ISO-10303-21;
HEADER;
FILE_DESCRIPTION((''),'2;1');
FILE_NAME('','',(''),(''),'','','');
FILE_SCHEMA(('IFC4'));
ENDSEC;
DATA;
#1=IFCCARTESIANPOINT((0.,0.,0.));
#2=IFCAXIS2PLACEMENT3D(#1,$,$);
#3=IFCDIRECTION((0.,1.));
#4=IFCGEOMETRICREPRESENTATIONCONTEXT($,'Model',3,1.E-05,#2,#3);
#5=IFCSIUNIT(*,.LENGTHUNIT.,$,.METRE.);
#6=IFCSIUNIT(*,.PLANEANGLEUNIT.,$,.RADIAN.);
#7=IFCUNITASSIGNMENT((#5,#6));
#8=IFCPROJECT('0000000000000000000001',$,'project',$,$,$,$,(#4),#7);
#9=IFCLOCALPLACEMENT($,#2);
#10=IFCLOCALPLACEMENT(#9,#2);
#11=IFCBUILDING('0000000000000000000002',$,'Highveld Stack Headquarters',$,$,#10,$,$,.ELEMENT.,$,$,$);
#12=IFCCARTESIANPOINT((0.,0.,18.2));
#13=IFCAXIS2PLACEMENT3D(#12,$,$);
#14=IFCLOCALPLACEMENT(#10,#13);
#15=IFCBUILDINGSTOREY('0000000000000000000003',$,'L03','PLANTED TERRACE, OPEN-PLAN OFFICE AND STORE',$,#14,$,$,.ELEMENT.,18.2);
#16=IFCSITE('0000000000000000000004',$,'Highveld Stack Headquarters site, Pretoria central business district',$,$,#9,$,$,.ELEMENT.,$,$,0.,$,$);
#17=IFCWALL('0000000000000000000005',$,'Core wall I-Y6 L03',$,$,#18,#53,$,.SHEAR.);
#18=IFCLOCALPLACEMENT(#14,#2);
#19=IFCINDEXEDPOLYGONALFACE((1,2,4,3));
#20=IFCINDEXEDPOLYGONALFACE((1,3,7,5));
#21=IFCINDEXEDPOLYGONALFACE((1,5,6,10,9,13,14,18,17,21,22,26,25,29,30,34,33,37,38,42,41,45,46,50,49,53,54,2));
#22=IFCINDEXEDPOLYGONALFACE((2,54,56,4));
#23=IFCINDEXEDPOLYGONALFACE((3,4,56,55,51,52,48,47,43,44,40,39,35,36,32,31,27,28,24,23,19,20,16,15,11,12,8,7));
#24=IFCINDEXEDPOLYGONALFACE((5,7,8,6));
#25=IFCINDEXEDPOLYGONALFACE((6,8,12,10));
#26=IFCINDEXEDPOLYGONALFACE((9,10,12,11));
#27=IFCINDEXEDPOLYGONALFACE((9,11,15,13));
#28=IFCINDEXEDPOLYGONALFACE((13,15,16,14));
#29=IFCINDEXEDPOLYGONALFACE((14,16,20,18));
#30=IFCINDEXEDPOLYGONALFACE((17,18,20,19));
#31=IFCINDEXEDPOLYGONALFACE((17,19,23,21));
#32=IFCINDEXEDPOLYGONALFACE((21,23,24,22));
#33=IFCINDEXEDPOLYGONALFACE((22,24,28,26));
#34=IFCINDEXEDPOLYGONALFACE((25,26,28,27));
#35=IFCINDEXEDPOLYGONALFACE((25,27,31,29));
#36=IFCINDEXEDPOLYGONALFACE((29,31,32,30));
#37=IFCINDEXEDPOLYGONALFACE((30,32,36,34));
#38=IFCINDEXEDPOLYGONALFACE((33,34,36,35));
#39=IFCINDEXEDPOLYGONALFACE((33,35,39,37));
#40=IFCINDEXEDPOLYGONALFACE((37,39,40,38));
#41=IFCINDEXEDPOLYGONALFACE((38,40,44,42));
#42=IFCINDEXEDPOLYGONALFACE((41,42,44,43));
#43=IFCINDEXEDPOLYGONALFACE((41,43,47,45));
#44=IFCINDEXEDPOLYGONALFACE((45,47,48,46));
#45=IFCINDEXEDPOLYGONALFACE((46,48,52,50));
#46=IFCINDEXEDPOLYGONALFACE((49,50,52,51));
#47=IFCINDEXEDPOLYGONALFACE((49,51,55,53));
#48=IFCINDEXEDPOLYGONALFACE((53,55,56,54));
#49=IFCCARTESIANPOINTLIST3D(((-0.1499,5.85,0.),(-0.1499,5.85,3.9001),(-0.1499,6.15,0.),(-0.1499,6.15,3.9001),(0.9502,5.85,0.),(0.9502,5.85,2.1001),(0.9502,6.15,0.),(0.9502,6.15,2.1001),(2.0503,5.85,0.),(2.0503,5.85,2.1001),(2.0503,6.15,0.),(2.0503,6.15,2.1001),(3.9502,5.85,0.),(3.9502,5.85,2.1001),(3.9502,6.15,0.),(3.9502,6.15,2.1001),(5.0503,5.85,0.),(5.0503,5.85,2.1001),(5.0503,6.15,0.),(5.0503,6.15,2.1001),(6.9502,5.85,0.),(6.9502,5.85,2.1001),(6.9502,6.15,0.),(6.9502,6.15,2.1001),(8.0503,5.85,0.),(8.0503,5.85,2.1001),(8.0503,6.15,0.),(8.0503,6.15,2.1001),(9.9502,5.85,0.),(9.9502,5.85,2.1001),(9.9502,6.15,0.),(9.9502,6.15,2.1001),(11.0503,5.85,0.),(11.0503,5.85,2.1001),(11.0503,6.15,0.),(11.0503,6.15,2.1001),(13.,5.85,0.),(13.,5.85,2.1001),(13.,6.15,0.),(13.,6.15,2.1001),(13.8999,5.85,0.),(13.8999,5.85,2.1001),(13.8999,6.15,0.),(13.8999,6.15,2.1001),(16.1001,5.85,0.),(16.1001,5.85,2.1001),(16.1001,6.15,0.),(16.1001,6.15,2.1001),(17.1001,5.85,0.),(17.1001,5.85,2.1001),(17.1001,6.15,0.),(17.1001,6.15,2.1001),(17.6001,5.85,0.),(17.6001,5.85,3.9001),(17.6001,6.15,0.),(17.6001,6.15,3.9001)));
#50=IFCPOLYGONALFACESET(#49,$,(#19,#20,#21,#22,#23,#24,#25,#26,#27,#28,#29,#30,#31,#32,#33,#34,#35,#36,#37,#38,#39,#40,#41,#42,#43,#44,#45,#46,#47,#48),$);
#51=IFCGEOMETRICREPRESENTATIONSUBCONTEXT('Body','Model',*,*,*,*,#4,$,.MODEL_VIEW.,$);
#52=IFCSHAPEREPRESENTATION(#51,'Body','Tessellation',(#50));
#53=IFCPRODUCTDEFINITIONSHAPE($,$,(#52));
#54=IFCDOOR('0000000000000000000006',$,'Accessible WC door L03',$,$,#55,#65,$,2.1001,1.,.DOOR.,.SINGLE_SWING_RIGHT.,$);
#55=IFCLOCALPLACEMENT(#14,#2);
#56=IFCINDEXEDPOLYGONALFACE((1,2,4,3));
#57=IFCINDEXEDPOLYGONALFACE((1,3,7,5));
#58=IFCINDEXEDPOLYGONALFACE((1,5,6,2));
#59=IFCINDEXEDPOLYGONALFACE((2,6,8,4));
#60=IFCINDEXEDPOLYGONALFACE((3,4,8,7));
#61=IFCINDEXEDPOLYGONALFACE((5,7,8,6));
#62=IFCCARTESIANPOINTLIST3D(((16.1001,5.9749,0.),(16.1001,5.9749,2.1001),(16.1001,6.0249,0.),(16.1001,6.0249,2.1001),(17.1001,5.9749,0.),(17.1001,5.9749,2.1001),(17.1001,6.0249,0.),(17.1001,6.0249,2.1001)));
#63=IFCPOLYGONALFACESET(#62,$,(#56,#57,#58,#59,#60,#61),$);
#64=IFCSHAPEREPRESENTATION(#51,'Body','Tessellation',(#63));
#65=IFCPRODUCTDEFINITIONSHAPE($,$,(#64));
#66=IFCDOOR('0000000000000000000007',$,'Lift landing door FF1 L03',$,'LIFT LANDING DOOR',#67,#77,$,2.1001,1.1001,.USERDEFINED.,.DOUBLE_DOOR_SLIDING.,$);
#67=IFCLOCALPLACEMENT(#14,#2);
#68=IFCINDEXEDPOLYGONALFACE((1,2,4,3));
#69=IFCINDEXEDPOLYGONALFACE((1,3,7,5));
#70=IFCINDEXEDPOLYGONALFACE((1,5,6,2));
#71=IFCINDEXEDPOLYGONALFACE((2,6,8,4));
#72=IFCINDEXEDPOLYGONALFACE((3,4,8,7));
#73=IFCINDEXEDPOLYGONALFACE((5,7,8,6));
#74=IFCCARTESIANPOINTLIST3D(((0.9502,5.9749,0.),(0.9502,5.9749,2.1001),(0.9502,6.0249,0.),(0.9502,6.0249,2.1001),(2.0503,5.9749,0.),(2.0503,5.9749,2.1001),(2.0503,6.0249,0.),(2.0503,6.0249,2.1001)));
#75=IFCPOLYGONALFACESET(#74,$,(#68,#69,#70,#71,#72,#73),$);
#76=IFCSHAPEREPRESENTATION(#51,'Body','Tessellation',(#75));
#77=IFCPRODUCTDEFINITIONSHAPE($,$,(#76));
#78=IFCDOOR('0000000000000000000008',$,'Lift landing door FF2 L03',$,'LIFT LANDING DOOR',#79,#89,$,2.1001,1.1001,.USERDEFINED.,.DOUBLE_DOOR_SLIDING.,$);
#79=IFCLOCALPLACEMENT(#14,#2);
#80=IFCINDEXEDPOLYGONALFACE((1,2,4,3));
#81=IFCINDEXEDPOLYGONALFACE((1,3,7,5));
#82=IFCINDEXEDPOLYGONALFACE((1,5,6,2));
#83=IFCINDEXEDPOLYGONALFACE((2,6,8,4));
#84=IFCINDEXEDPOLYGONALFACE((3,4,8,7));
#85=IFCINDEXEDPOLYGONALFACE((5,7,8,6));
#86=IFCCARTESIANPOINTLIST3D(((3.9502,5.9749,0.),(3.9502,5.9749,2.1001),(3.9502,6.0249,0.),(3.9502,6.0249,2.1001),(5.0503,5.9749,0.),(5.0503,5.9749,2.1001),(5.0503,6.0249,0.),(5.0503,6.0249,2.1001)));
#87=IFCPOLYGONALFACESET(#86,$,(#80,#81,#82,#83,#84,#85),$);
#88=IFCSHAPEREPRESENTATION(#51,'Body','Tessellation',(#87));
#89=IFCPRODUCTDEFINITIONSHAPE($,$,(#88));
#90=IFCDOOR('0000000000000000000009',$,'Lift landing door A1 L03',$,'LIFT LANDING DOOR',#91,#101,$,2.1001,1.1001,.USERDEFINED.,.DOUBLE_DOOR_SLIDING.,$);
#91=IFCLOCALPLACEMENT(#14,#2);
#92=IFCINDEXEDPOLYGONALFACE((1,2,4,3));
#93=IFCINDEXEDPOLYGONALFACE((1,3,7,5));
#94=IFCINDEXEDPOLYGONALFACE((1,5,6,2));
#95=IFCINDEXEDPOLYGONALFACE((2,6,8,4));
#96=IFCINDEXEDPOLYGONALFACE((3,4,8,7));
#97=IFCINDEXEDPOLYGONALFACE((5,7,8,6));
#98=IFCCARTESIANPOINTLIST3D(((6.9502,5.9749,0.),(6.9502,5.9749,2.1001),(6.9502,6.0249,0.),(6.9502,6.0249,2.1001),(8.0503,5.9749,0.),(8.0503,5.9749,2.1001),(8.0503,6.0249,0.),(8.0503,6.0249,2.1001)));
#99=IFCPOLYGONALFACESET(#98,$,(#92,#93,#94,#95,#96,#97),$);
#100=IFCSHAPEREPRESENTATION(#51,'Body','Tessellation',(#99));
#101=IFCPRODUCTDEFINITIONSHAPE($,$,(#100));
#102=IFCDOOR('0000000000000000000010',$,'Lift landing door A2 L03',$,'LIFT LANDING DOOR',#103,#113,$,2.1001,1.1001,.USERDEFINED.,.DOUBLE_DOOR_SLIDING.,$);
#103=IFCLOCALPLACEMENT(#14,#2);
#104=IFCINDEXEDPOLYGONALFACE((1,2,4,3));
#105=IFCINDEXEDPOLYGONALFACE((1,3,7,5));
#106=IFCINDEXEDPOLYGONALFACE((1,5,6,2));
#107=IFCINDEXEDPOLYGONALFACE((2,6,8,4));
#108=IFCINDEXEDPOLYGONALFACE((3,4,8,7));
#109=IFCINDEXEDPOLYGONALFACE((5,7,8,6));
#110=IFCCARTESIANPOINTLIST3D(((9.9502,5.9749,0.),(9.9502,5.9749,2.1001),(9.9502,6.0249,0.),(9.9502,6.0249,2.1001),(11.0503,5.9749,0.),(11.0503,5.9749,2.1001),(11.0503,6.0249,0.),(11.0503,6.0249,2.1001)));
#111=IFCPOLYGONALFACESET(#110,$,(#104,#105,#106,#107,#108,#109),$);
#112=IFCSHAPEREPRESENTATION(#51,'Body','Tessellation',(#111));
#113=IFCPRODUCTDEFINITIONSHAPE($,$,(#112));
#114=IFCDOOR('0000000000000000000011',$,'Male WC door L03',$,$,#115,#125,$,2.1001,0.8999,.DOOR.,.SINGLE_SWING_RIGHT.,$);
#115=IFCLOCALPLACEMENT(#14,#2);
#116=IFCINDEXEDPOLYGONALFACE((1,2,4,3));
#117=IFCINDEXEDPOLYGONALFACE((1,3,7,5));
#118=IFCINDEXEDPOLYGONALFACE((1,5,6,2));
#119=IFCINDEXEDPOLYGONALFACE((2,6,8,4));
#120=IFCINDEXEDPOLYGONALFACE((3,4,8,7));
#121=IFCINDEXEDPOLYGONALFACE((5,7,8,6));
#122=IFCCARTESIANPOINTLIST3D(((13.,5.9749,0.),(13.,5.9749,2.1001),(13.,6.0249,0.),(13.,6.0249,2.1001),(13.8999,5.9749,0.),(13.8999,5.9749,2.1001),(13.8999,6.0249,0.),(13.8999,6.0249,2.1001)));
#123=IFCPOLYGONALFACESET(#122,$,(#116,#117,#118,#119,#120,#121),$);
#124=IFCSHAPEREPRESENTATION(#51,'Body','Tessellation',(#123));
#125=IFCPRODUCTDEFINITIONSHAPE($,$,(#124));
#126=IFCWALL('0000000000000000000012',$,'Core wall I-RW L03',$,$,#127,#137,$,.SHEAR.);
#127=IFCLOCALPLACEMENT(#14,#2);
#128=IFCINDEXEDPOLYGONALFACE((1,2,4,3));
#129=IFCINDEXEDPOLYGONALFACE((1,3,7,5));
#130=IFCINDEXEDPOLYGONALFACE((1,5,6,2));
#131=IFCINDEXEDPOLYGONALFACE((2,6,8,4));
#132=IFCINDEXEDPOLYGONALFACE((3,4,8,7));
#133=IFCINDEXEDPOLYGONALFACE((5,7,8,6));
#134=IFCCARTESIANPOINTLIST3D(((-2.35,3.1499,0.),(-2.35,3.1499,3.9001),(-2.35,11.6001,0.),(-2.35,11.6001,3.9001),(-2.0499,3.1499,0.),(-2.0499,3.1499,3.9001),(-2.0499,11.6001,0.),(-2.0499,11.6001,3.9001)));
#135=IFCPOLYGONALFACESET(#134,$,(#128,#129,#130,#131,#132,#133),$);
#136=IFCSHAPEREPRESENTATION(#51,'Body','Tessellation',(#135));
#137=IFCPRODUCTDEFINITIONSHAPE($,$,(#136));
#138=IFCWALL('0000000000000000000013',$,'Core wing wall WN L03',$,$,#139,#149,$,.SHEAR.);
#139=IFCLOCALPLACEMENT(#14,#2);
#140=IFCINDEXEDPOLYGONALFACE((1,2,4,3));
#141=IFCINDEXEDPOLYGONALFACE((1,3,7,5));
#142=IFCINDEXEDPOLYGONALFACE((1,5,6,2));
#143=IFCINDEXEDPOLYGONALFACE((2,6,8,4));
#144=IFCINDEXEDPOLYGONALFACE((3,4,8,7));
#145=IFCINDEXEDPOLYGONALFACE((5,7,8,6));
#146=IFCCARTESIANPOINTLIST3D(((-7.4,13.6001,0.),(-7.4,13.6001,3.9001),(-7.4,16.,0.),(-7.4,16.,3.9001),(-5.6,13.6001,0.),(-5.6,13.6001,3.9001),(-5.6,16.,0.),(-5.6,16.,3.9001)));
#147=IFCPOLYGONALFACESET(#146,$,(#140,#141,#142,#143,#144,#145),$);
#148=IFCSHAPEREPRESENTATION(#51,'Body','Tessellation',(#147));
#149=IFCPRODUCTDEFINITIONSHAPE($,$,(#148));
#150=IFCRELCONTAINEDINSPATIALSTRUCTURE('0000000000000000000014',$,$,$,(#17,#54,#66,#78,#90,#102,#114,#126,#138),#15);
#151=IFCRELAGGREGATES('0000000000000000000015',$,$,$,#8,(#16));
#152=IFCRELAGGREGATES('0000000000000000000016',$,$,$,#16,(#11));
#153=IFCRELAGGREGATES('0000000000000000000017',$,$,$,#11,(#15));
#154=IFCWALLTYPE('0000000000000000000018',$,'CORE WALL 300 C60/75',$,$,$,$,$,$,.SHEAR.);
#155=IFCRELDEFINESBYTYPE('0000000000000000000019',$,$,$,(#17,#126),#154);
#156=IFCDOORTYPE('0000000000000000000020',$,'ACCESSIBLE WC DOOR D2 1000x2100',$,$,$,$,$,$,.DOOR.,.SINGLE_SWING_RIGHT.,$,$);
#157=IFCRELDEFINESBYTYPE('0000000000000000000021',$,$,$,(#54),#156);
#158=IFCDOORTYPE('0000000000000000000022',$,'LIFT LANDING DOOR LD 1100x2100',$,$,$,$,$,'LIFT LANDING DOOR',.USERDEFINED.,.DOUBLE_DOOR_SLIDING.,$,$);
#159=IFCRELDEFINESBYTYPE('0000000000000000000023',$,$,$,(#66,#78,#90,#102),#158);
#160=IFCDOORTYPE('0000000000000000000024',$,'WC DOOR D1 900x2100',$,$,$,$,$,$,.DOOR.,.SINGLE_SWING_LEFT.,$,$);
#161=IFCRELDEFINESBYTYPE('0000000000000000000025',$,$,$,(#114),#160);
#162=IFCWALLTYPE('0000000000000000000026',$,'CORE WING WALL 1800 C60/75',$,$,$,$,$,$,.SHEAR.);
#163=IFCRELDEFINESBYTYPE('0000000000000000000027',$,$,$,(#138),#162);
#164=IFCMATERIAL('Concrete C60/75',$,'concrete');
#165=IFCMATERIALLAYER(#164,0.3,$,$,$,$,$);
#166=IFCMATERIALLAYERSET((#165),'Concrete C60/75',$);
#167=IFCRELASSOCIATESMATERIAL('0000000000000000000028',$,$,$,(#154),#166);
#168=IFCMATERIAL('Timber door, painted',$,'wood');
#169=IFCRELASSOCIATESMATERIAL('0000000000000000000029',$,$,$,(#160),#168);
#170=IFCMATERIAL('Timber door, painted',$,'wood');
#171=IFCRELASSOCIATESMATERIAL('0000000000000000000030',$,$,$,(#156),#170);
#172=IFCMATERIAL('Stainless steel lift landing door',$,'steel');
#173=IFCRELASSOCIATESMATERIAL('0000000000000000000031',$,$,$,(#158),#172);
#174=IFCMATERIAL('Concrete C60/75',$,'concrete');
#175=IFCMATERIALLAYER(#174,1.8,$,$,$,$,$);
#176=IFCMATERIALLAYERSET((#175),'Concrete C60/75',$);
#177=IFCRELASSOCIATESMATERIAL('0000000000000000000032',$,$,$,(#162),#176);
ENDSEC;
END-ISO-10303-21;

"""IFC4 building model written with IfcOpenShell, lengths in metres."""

from ifc_helpers import new_model, si_unit, direction, frame, frame_2d, origin, place, context, subcontext, project, spatial, rectangle, extrude, material, layer, layer_set, type_object, element, fill, save


model = new_model("IFC4")

# Units and contexts
model_context = context("Model", 3, precision=1e-05, world=origin(), true_north=direction((0.0, 1.0)))
body_context = subcontext(model_context, "Body", "Model", "MODEL_VIEW")
ifc_project = project(units=[si_unit("LENGTHUNIT", "METRE"), si_unit("PLANEANGLEUNIT", "RADIAN")], contexts=[model_context])

# Site, building, storey
site_placement = place(None, origin())
site = spatial("IfcSite", under=ifc_project, at=site_placement, Name="Highveld Stack Headquarters site, Pretoria central business district", CompositionType="ELEMENT", RefElevation=0.0)
building_placement = place(site_placement, origin())
building = spatial("IfcBuilding", under=site, at=building_placement, Name="Highveld Stack Headquarters", CompositionType="ELEMENT")
storey_placement = place(building_placement, frame((0.0, 0.0, 18.2)))
storey = spatial("IfcBuildingStorey", under=building, at=storey_placement, Name="L03", Description="PLANTED TERRACE, OPEN-PLAN OFFICE AND STORE", CompositionType="ELEMENT", Elevation=18.2)

# Shared definitions
ifc_material_1 = material(Name="Concrete C60/75", Category="concrete")
ifc_layer_1 = layer(ifc_material_1, 0.3)
ifc_layer_set_1 = layer_set([ifc_layer_1], Name="Concrete C60/75")
wall_type_1 = type_object("IfcWallType", Name="CORE WALL 300 C60/75", PredefinedType="SHEAR", material=ifc_layer_set_1)
ifc_material_2 = material(Name="Timber door, painted", Category="wood")
door_type_1 = type_object("IfcDoorType", Name="WC DOOR D1 900x2100", OperationType="SINGLE_SWING_LEFT", PredefinedType="DOOR", material=ifc_material_2)

# Wall, openings, doors
wall_1_placement = place(storey_placement, frame((-0.1499, 6.0, 0.0), z_axis=(0.0, 0.0, 1.0), x_axis=(1.0, 0.0, 0.0)))
wall_1 = element("IfcWall", 1, at=wall_1_placement, inside=storey, type_object=wall_type_1, Name="Core wall I-Y6 L03", PredefinedType="SHEAR", context=body_context, shape_type="SweptSolid", body=[
    extrude(rectangle(XDim=17.75, YDim=0.3, at=frame_2d((8.875, 0.0))), origin(), (0.0, 0.0, 1.0), 3.9001),
])
opening_1_placement = place(wall_1_placement, frame((13.1499, 0.0, 0.0)))
opening_1 = element("IfcOpeningElement", 2, at=opening_1_placement, cuts=wall_1, PredefinedType="OPENING", context=body_context, shape_type="SweptSolid", body=[
    extrude(rectangle(XDim=0.8999, YDim=2.1001, at=frame_2d((0.45, 1.05))), frame((0.0, 0.1599, 0.0), z_axis=(0.0, -1.0, 0.0), x_axis=(1.0, 0.0, 0.0)), (0.0, 0.0, 1.0), 0.3201),
])
opening_2_placement = place(wall_1_placement, frame((16.25, 0.0, 0.0)))
opening_2 = element("IfcOpeningElement", 3, at=opening_2_placement, cuts=wall_1, PredefinedType="OPENING", context=body_context, shape_type="SweptSolid", body=[
    extrude(rectangle(XDim=1.0, YDim=2.1001, at=frame_2d((0.5, 1.05))), frame((0.0, 0.1599, 0.0), z_axis=(0.0, -1.0, 0.0), x_axis=(1.0, 0.0, 0.0)), (0.0, 0.0, 1.0), 0.3201),
])
opening_3_placement = place(wall_1_placement, frame((1.1001, 0.0, 0.0)))
opening_3 = element("IfcOpeningElement", 4, at=opening_3_placement, cuts=wall_1, PredefinedType="OPENING", context=body_context, shape_type="SweptSolid", body=[
    extrude(rectangle(XDim=1.1001, YDim=2.1001, at=frame_2d((0.55, 1.05))), frame((0.0, 0.1599, 0.0), z_axis=(0.0, -1.0, 0.0), x_axis=(1.0, 0.0, 0.0)), (0.0, 0.0, 1.0), 0.3201),
])
opening_4_placement = place(wall_1_placement, frame((4.1001, 0.0, 0.0)))
opening_4 = element("IfcOpeningElement", 5, at=opening_4_placement, cuts=wall_1, PredefinedType="OPENING", context=body_context, shape_type="SweptSolid", body=[
    extrude(rectangle(XDim=1.1001, YDim=2.1001, at=frame_2d((0.55, 1.05))), frame((0.0, 0.1599, 0.0), z_axis=(0.0, -1.0, 0.0), x_axis=(1.0, 0.0, 0.0)), (0.0, 0.0, 1.0), 0.3201),
])
opening_5_placement = place(wall_1_placement, frame((7.1001, 0.0, 0.0)))
opening_5 = element("IfcOpeningElement", 6, at=opening_5_placement, cuts=wall_1, PredefinedType="OPENING", context=body_context, shape_type="SweptSolid", body=[
    extrude(rectangle(XDim=1.1001, YDim=2.1001, at=frame_2d((0.55, 1.05))), frame((0.0, 0.1599, 0.0), z_axis=(0.0, -1.0, 0.0), x_axis=(1.0, 0.0, 0.0)), (0.0, 0.0, 1.0), 0.3201),
])
opening_6_placement = place(wall_1_placement, frame((10.1001, 0.0, 0.0)))
opening_6 = element("IfcOpeningElement", 7, at=opening_6_placement, cuts=wall_1, PredefinedType="OPENING", context=body_context, shape_type="SweptSolid", body=[
    extrude(rectangle(XDim=1.1001, YDim=2.1001, at=frame_2d((0.55, 1.05))), frame((0.0, 0.1599, 0.0), z_axis=(0.0, -1.0, 0.0), x_axis=(1.0, 0.0, 0.0)), (0.0, 0.0, 1.0), 0.3201),
])
ifc_material_3 = material(Name="Timber door, painted", Category="wood")
door_type_2 = type_object("IfcDoorType", Name="ACCESSIBLE WC DOOR D2 1000x2100", OperationType="SINGLE_SWING_RIGHT", PredefinedType="DOOR", material=ifc_material_3)
door_1_placement = place(opening_2_placement, origin())
door_1 = element("IfcDoor", 8, at=door_1_placement, inside=storey, type_object=door_type_2, Name="Accessible WC door L03", OperationType="SINGLE_SWING_RIGHT", OverallHeight=2.1001, OverallWidth=1.0, PredefinedType="DOOR", context=body_context, shape_type="SweptSolid", body=[
    extrude(rectangle(XDim=1.0, YDim=2.1001, at=frame_2d((0.5, 1.05))), frame((0.0, 0.0249, 0.0), z_axis=(0.0, -1.0, 0.0), x_axis=(1.0, 0.0, 0.0)), (0.0, 0.0, 1.0), 0.05),
])
fill(opening_2, door_1)
ifc_material_4 = material(Name="Stainless steel lift landing door", Category="steel")
door_type_3 = type_object("IfcDoorType", Name="LIFT LANDING DOOR LD 1100x2100", ElementType="LIFT LANDING DOOR", OperationType="DOUBLE_DOOR_SLIDING", PredefinedType="USERDEFINED", material=ifc_material_4)
door_2_placement = place(opening_3_placement, origin())
door_2 = element("IfcDoor", 9, at=door_2_placement, inside=storey, type_object=door_type_3, Name="Lift landing door FF1 L03", ObjectType="LIFT LANDING DOOR", OperationType="DOUBLE_DOOR_SLIDING", OverallHeight=2.1001, OverallWidth=1.1001, PredefinedType="USERDEFINED", context=body_context, shape_type="SweptSolid", body=[
    extrude(rectangle(XDim=1.1001, YDim=2.1001, at=frame_2d((0.55, 1.05))), frame((0.0, 0.0249, 0.0), z_axis=(0.0, -1.0, 0.0), x_axis=(1.0, 0.0, 0.0)), (0.0, 0.0, 1.0), 0.05),
])
fill(opening_3, door_2)
door_3_placement = place(opening_4_placement, origin())
door_3 = element("IfcDoor", 10, at=door_3_placement, inside=storey, type_object=door_type_3, Name="Lift landing door FF2 L03", ObjectType="LIFT LANDING DOOR", OperationType="DOUBLE_DOOR_SLIDING", OverallHeight=2.1001, OverallWidth=1.1001, PredefinedType="USERDEFINED", context=body_context, shape_type="SweptSolid", body=[
    extrude(rectangle(XDim=1.1001, YDim=2.1001, at=frame_2d((0.55, 1.05))), frame((0.0, 0.0249, 0.0), z_axis=(0.0, -1.0, 0.0), x_axis=(1.0, 0.0, 0.0)), (0.0, 0.0, 1.0), 0.05),
])
fill(opening_4, door_3)
door_4_placement = place(opening_5_placement, origin())
door_4 = element("IfcDoor", 11, at=door_4_placement, inside=storey, type_object=door_type_3, Name="Lift landing door A1 L03", ObjectType="LIFT LANDING DOOR", OperationType="DOUBLE_DOOR_SLIDING", OverallHeight=2.1001, OverallWidth=1.1001, PredefinedType="USERDEFINED", context=body_context, shape_type="SweptSolid", body=[
    extrude(rectangle(XDim=1.1001, YDim=2.1001, at=frame_2d((0.55, 1.05))), frame((0.0, 0.0249, 0.0), z_axis=(0.0, -1.0, 0.0), x_axis=(1.0, 0.0, 0.0)), (0.0, 0.0, 1.0), 0.05),
])
fill(opening_5, door_4)
door_5_placement = place(opening_6_placement, origin())
door_5 = element("IfcDoor", 12, at=door_5_placement, inside=storey, type_object=door_type_3, Name="Lift landing door A2 L03", ObjectType="LIFT LANDING DOOR", OperationType="DOUBLE_DOOR_SLIDING", OverallHeight=2.1001, OverallWidth=1.1001, PredefinedType="USERDEFINED", context=body_context, shape_type="SweptSolid", body=[
    extrude(rectangle(XDim=1.1001, YDim=2.1001, at=frame_2d((0.55, 1.05))), frame((0.0, 0.0249, 0.0), z_axis=(0.0, -1.0, 0.0), x_axis=(1.0, 0.0, 0.0)), (0.0, 0.0, 1.0), 0.05),
])
fill(opening_6, door_5)
door_6_placement = place(opening_1_placement, origin())
door_6 = element("IfcDoor", 13, at=door_6_placement, inside=storey, type_object=door_type_1, Name="Male WC door L03", OperationType="SINGLE_SWING_RIGHT", OverallHeight=2.1001, OverallWidth=0.8999, PredefinedType="DOOR", context=body_context, shape_type="SweptSolid", body=[
    extrude(rectangle(XDim=0.8999, YDim=2.1001, at=frame_2d((0.45, 1.05))), frame((0.0, 0.0249, 0.0), z_axis=(0.0, -1.0, 0.0), x_axis=(1.0, 0.0, 0.0)), (0.0, 0.0, 1.0), 0.05),
])
fill(opening_1, door_6)

# Walls
wall_2_placement = place(storey_placement, frame((-2.2, 3.1499, 0.0), z_axis=(0.0, 0.0, 1.0), x_axis=(0.0, 1.0, 0.0)))
element("IfcWall", 14, at=wall_2_placement, inside=storey, type_object=wall_type_1, Name="Core wall I-RW L03", PredefinedType="SHEAR", context=body_context, shape_type="SweptSolid", body=[
    extrude(rectangle(XDim=8.4502, YDim=0.3, at=frame_2d((4.2251, 0.0))), origin(), (0.0, 0.0, 1.0), 3.9001),
])
ifc_material_5 = material(Name="Concrete C60/75", Category="concrete")
ifc_layer_2 = layer(ifc_material_5, 1.8)
ifc_layer_set_2 = layer_set([ifc_layer_2], Name="Concrete C60/75")
wall_type_2 = type_object("IfcWallType", Name="CORE WING WALL 1800 C60/75", PredefinedType="SHEAR", material=ifc_layer_set_2)
wall_3_placement = place(storey_placement, frame((-6.5, 13.6001, 0.0), z_axis=(0.0, 0.0, 1.0), x_axis=(0.0, 1.0, 0.0)))
element("IfcWall", 15, at=wall_3_placement, inside=storey, type_object=wall_type_2, Name="Core wing wall WN L03", PredefinedType="SHEAR", context=body_context, shape_type="SweptSolid", body=[
    extrude(rectangle(XDim=2.3999, YDim=1.8, at=frame_2d((1.2, 0.0))), origin(), (0.0, 0.0, 1.0), 3.9001),
])

save(model, "model.ifc")
